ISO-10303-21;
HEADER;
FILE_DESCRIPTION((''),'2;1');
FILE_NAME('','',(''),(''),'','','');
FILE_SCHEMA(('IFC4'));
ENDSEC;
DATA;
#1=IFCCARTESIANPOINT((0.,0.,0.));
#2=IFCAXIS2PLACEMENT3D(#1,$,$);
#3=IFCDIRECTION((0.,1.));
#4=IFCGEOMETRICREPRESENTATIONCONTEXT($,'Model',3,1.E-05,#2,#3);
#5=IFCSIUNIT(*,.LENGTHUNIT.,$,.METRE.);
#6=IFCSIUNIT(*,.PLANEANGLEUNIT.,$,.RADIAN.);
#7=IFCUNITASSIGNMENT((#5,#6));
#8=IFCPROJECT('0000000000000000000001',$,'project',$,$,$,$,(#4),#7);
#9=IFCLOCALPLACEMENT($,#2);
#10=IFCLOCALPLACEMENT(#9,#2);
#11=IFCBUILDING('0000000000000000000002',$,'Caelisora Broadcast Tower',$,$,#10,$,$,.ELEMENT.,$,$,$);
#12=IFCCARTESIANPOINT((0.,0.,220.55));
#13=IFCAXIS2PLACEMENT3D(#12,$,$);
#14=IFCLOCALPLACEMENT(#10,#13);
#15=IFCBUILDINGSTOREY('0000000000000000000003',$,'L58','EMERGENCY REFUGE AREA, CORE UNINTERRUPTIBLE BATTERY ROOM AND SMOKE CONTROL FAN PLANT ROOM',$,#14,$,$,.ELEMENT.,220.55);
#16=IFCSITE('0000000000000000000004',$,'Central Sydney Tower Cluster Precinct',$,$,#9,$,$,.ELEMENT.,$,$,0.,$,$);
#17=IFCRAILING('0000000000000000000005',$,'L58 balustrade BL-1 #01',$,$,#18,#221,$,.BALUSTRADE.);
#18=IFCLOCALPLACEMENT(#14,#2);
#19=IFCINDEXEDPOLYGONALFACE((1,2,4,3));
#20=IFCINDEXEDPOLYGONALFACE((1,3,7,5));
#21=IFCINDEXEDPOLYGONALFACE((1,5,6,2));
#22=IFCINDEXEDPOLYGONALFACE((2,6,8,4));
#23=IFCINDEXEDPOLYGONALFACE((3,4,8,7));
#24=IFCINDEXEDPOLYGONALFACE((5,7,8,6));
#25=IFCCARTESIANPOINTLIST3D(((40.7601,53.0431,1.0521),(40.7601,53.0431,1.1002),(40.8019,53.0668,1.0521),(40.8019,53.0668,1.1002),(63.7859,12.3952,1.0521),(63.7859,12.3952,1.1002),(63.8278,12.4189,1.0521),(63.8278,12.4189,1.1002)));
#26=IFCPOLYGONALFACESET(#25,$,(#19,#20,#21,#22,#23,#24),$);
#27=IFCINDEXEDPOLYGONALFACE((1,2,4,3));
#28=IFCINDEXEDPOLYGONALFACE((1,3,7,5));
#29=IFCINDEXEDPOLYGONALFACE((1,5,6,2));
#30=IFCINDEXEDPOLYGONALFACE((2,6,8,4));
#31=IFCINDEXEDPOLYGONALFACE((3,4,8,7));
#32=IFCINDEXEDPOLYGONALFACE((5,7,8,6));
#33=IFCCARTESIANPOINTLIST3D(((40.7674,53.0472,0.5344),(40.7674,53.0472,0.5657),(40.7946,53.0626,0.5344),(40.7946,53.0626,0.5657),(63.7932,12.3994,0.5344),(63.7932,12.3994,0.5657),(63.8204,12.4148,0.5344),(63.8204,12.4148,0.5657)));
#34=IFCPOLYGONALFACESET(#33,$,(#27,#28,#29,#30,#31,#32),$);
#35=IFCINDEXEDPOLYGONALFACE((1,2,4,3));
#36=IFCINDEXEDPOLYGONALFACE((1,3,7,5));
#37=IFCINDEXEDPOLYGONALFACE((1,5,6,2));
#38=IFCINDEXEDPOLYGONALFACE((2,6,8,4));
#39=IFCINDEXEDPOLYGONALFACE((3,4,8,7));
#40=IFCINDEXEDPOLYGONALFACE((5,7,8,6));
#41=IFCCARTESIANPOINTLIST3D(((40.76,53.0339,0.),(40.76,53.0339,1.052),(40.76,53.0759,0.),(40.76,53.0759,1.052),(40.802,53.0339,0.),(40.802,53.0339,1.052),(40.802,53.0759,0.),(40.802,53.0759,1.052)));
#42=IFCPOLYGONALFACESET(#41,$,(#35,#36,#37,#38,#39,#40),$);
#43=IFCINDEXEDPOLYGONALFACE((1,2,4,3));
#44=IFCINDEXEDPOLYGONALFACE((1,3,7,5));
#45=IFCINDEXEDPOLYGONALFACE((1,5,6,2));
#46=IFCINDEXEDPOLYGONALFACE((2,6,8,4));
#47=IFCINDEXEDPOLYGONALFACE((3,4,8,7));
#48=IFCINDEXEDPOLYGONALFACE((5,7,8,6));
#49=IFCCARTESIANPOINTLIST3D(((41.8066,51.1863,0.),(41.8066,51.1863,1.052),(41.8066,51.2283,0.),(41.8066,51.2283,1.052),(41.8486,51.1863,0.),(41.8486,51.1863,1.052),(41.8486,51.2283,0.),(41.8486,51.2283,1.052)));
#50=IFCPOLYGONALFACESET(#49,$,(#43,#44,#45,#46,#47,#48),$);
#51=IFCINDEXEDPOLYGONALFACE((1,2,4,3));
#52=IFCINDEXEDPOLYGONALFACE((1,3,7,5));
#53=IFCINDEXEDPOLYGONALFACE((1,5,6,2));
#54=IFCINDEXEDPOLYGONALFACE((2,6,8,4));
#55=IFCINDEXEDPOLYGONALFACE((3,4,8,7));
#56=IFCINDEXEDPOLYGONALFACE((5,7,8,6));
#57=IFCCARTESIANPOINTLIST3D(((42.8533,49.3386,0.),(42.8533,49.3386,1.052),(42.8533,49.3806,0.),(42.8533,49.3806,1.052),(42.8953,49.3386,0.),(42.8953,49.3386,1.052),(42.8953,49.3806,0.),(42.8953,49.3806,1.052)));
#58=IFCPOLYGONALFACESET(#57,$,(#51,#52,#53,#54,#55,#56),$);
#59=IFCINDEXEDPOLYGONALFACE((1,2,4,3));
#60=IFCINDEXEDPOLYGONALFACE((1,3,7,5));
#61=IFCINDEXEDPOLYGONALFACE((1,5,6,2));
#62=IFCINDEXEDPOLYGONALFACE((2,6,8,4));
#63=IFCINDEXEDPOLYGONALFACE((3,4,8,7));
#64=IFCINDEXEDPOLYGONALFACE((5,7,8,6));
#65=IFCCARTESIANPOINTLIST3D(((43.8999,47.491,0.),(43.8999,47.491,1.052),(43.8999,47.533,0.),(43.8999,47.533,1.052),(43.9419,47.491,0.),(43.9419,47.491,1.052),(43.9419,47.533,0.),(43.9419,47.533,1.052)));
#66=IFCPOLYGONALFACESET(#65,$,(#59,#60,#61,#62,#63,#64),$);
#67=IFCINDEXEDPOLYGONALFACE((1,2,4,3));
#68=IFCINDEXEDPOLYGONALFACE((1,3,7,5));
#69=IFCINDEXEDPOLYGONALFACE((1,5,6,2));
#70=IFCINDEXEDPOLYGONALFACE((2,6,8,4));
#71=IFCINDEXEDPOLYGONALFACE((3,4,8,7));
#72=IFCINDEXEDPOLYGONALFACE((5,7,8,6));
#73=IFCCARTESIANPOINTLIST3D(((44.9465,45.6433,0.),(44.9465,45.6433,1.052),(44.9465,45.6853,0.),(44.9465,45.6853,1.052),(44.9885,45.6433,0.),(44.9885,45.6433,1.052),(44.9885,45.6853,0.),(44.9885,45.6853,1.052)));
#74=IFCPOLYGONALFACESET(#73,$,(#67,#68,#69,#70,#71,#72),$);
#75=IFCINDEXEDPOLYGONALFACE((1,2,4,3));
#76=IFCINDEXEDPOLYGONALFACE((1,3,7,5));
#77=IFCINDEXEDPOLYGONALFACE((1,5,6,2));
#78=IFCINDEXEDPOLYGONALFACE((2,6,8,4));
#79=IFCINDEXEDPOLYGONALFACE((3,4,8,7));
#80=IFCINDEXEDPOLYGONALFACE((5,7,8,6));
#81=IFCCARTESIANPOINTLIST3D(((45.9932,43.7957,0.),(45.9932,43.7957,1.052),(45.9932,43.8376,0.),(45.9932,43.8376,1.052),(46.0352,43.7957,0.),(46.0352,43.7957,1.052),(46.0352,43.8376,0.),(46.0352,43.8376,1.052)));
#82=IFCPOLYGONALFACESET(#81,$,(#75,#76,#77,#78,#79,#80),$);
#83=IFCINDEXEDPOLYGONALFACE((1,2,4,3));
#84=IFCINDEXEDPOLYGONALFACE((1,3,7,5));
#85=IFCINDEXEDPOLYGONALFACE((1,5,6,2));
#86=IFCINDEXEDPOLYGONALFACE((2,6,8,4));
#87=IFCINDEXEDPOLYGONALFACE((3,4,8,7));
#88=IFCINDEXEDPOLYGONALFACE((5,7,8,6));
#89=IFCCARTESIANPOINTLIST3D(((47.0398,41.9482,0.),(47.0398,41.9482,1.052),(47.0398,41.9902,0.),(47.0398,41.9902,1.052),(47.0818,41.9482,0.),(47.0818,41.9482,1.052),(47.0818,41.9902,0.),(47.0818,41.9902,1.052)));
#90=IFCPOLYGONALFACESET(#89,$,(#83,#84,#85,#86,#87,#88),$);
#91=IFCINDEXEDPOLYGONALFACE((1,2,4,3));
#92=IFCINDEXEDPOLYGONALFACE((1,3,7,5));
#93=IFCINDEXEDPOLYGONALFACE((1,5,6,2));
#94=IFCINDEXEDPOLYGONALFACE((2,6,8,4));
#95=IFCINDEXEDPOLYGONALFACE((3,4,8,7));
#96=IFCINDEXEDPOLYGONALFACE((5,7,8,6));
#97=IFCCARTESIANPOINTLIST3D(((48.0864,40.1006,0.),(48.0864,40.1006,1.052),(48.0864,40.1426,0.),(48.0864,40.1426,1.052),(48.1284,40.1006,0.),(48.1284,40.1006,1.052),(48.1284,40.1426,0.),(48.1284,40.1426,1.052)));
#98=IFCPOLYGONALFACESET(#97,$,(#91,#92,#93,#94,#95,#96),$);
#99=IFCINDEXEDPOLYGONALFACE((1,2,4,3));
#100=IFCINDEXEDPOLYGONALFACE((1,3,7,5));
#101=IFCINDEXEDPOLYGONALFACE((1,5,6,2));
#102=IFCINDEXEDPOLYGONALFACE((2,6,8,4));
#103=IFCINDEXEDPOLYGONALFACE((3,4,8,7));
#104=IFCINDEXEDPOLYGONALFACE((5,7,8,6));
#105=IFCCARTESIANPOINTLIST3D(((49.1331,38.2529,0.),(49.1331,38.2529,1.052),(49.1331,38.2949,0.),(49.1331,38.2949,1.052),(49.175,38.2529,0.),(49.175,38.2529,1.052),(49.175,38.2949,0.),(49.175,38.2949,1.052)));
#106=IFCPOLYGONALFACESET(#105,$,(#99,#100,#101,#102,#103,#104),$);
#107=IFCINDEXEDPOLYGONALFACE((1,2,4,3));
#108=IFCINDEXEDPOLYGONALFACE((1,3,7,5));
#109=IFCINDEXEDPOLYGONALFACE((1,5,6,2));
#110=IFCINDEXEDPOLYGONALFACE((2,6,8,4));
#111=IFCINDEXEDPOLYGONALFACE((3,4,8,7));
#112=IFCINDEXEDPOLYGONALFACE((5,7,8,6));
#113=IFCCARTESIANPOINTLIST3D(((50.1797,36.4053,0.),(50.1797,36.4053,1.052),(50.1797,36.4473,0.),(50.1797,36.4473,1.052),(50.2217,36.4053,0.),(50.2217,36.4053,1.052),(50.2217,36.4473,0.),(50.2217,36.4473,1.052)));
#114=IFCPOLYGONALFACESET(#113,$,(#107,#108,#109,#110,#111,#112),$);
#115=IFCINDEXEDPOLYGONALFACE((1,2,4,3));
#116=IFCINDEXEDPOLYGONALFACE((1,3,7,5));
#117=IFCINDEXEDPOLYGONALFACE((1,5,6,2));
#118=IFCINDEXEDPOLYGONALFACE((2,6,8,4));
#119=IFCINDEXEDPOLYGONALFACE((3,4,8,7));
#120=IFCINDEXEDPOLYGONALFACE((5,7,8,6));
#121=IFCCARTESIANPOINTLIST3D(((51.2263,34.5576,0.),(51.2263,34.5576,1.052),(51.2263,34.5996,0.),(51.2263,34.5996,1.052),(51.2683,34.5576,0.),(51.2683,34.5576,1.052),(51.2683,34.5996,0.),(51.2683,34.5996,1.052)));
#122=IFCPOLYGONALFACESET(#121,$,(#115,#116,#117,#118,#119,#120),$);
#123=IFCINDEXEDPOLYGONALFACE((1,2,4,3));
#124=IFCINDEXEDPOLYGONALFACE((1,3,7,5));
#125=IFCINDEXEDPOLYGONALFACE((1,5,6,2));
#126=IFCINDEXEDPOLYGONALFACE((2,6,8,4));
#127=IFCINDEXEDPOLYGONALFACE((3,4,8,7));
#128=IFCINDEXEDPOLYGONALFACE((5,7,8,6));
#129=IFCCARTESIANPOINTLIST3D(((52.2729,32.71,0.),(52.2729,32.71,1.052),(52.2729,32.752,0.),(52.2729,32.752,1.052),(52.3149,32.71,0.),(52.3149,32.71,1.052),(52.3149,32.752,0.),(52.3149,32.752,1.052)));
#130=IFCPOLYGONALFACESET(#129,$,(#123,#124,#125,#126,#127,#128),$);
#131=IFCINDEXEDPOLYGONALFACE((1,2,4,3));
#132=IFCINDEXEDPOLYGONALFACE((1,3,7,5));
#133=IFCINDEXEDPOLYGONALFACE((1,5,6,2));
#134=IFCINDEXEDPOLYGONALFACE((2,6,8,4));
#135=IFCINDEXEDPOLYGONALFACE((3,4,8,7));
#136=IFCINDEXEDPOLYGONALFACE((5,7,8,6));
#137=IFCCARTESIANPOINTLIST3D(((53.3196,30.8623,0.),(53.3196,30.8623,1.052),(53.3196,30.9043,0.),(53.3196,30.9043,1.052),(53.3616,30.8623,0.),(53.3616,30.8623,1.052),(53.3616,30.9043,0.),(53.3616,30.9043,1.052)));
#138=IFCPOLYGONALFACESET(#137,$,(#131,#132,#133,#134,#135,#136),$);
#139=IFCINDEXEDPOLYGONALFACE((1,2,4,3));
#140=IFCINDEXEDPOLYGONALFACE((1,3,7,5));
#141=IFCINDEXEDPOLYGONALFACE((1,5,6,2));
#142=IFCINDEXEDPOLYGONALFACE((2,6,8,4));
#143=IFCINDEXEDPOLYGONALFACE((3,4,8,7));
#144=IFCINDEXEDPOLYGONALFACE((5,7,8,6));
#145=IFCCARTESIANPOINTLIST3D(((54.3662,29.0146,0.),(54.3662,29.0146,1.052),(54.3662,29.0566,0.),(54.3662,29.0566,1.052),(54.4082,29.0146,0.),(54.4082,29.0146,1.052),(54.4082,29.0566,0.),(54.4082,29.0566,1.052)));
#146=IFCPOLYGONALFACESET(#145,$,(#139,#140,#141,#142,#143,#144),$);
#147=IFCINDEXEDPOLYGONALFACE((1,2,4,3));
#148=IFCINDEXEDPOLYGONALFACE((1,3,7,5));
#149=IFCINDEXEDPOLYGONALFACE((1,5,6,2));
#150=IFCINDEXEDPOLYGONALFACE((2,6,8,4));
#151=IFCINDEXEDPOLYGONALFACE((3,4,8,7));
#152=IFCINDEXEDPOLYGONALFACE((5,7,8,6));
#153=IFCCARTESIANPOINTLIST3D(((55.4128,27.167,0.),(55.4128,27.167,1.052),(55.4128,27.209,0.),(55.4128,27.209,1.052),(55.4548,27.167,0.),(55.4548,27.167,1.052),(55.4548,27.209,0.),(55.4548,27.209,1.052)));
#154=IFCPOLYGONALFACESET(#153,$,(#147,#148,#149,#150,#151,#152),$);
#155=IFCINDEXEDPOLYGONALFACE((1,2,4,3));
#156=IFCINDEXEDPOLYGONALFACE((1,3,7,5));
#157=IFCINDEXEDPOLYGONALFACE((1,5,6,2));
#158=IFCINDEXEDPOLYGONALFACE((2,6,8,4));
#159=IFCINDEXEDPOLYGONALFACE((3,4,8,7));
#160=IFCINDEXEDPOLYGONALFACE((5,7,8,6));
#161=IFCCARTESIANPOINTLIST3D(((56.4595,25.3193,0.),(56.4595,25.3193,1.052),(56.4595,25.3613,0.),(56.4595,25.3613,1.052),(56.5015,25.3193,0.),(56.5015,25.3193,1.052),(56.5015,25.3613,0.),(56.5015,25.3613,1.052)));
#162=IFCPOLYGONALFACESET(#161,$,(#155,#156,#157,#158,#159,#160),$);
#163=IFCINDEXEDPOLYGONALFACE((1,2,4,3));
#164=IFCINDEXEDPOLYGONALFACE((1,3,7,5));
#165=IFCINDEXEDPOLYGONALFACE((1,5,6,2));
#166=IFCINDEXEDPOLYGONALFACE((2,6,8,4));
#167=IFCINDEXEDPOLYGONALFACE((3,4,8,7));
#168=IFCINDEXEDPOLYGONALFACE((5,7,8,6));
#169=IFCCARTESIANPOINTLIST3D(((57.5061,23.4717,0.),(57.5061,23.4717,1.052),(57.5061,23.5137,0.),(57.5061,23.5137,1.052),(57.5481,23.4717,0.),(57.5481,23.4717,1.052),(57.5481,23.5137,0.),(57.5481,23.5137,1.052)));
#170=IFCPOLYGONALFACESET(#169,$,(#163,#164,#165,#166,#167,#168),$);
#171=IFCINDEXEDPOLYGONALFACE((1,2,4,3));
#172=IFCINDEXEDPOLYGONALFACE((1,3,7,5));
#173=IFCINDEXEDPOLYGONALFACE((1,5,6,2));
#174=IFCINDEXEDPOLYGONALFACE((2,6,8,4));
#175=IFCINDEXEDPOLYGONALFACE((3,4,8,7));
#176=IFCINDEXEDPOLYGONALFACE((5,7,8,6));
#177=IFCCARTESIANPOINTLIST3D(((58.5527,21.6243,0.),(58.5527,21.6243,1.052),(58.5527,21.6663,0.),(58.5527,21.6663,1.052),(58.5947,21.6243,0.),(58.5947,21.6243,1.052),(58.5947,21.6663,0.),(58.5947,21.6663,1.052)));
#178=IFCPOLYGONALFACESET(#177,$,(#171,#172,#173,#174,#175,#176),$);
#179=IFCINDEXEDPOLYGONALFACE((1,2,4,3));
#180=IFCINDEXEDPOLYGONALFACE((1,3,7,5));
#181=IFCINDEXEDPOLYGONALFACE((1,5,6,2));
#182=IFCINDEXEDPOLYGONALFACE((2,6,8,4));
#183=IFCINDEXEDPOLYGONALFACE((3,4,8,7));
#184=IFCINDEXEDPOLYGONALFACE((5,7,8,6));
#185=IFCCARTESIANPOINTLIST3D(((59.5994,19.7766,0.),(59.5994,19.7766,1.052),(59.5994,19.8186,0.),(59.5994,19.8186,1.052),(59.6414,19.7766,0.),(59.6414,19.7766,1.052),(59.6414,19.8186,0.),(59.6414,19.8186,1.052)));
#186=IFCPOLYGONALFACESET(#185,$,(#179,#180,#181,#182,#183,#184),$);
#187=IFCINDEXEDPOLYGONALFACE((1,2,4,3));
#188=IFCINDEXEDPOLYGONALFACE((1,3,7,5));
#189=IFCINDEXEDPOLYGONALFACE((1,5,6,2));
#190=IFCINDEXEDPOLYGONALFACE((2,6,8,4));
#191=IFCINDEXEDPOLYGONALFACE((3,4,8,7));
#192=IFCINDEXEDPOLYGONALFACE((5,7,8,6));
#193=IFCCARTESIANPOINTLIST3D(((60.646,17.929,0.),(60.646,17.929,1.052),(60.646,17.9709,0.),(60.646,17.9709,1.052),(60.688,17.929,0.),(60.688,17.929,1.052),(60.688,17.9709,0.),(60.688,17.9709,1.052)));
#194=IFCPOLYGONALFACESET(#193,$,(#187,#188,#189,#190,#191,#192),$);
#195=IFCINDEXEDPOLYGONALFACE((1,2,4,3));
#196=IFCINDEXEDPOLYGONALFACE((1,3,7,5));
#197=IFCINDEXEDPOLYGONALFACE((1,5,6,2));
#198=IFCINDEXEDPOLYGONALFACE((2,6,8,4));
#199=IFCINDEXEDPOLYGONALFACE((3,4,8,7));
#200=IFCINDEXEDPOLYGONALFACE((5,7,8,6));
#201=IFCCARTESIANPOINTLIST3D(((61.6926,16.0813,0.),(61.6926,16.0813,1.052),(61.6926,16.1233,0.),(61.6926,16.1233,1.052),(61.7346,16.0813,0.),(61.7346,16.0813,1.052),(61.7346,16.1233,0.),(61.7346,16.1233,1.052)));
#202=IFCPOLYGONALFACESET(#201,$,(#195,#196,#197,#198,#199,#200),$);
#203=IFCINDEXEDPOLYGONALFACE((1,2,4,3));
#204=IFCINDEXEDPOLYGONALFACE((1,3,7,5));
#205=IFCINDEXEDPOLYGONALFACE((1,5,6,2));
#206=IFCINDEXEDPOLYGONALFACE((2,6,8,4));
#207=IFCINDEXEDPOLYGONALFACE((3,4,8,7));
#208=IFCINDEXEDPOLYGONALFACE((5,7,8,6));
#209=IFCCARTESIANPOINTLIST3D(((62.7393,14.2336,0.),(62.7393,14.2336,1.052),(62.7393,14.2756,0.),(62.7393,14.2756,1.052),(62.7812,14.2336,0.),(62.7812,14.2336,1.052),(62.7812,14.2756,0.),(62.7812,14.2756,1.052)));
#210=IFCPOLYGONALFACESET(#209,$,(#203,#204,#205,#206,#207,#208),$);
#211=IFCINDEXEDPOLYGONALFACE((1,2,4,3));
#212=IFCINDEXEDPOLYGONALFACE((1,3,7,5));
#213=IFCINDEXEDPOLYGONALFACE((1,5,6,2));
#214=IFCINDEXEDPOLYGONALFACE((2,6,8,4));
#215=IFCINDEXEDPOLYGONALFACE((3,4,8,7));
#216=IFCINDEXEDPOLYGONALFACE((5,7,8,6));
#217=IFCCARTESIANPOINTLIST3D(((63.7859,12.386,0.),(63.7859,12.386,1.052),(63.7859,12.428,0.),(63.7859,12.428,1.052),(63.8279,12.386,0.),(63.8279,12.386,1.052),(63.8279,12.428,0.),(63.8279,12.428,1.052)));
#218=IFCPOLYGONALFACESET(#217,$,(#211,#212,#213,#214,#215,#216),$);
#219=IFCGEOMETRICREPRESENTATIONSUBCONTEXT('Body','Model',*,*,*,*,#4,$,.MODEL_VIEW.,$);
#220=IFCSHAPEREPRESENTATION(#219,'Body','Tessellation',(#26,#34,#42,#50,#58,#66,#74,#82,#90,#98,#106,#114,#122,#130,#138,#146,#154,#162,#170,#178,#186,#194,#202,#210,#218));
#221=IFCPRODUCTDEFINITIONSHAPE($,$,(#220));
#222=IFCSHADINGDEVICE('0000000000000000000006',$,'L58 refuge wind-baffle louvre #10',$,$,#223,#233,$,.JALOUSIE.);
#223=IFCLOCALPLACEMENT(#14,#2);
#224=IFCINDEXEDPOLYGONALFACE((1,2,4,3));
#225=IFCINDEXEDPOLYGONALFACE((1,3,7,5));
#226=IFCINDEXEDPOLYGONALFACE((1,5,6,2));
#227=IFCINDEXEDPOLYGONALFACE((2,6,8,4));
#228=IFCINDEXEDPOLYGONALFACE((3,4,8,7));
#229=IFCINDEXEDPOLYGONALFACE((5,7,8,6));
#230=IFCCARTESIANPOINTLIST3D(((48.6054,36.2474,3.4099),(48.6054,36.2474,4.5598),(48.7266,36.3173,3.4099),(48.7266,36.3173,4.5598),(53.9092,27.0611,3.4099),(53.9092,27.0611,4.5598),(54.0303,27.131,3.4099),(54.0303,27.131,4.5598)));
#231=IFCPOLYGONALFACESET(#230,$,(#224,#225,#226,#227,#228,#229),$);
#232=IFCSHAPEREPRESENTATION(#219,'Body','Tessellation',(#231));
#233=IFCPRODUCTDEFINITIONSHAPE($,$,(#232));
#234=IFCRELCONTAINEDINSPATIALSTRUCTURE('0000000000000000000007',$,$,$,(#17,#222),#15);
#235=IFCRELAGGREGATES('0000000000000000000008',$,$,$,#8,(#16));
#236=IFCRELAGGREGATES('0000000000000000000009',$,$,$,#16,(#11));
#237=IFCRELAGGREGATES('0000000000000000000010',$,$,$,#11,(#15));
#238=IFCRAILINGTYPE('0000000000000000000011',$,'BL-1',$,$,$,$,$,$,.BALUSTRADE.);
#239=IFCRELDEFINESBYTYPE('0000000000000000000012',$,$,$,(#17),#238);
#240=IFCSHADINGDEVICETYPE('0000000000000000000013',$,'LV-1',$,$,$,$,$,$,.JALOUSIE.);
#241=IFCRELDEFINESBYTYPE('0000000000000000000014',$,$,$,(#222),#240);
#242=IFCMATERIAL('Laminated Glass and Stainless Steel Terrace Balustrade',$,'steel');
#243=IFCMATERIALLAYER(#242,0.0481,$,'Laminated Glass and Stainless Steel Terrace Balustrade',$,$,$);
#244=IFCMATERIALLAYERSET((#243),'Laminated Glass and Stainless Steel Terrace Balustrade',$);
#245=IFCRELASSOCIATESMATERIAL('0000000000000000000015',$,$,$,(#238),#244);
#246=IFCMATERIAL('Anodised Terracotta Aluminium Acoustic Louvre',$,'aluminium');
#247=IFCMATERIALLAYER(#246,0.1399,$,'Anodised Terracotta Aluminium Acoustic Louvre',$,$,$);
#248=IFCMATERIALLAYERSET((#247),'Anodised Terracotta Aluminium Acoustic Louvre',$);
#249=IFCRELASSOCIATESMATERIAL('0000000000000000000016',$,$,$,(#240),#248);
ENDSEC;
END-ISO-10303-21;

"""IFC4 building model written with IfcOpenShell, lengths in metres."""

from ifc_helpers import new_model, si_unit, direction, frame, origin, origin_2d, place, context, subcontext, project, spatial, rectangle, extrude, source, transform, mapped, material, layer, layer_set, type_object, type_shapes, element, save


model = new_model("IFC4")

# Units and contexts
model_context = context("Model", 3, precision=1e-05, world=origin(), true_north=direction((0.0, 1.0)))
body_context = subcontext(model_context, "Body", "Model", "MODEL_VIEW")
ifc_project = project(units=[si_unit("LENGTHUNIT", "METRE"), si_unit("PLANEANGLEUNIT", "RADIAN")], contexts=[model_context])

# Site, building, storey
site_placement = place(None, origin())
site = spatial("IfcSite", under=ifc_project, at=site_placement, Name="Central Sydney Tower Cluster Precinct", CompositionType="ELEMENT", RefElevation=0.0)
building_placement = place(site_placement, origin())
building = spatial("IfcBuilding", under=site, at=building_placement, Name="Caelisora Broadcast Tower", CompositionType="ELEMENT")
storey_placement = place(building_placement, frame((0.0, 0.0, 220.55)))
storey = spatial("IfcBuildingStorey", under=building, at=storey_placement, Name="L58", Description="EMERGENCY REFUGE AREA, CORE UNINTERRUPTIBLE BATTERY ROOM AND SMOKE CONTROL FAN PLANT ROOM", CompositionType="ELEMENT", Elevation=220.55)

# Railing
ifc_material_1 = material(Name="Laminated Glass and Stainless Steel Terrace Balustrade", Category="steel")
ifc_layer_1 = layer(ifc_material_1, 0.0481, Name="Laminated Glass and Stainless Steel Terrace Balustrade")
ifc_layer_set_1 = layer_set([ifc_layer_1], Name="Laminated Glass and Stainless Steel Terrace Balustrade")
railing_type = type_object("IfcRailingType", Name="BL-1", PredefinedType="BALUSTRADE", material=ifc_layer_set_1)
railing_placement = place(storey_placement, frame((40.781, 53.0549, 0.0)))
element("IfcRailing", 1, at=railing_placement, inside=storey, type_object=railing_type, Name="L58 balustrade BL-1 #01", PredefinedType="BALUSTRADE", context=body_context, shape_type="SweptSolid", body=[
    extrude(rectangle(XDim=0.0481, YDim=0.0481, at=origin_2d()), frame((0.0, 0.0, 1.0762), z_axis=(0.492884, -0.870095, 0.0), x_axis=(0.870095, 0.492884, 0.0)), (0.0, 0.0, 1.0), 46.7166),
    extrude(rectangle(XDim=0.0312, YDim=0.0312, at=origin_2d()), frame((0.0, 0.0, 0.55), z_axis=(0.492884, -0.870095, 0.0), x_axis=(0.870095, 0.492884, 0.0)), (0.0, 0.0, 1.0), 46.7166),
    extrude(rectangle(XDim=0.042, YDim=0.042, at=origin_2d()), origin(), (0.0, 0.0, 1.0), 1.052),
    extrude(rectangle(XDim=0.042, YDim=0.042, at=origin_2d()), frame((1.0466, -1.8477, 0.0)), (0.0, 0.0, 1.0), 1.052),
    extrude(rectangle(XDim=0.042, YDim=0.042, at=origin_2d()), frame((2.0933, -3.6953, 0.0)), (0.0, 0.0, 1.0), 1.052),
    extrude(rectangle(XDim=0.042, YDim=0.042, at=origin_2d()), frame((3.1399, -5.543, 0.0)), (0.0, 0.0, 1.0), 1.052),
    extrude(rectangle(XDim=0.042, YDim=0.042, at=origin_2d()), frame((4.1865, -7.3906, 0.0)), (0.0, 0.0, 1.0), 1.052),
    extrude(rectangle(XDim=0.042, YDim=0.042, at=origin_2d()), frame((5.2332, -9.2383, 0.0)), (0.0, 0.0, 1.0), 1.052),
    extrude(rectangle(XDim=0.042, YDim=0.042, at=origin_2d()), frame((6.2798, -11.0857, 0.0)), (0.0, 0.0, 1.0), 1.052),
    extrude(rectangle(XDim=0.042, YDim=0.042, at=origin_2d()), frame((7.3264, -12.9333, 0.0)), (0.0, 0.0, 1.0), 1.052),
    extrude(rectangle(XDim=0.042, YDim=0.042, at=origin_2d()), frame((8.373, -14.781, 0.0)), (0.0, 0.0, 1.0), 1.052),
    extrude(rectangle(XDim=0.042, YDim=0.042, at=origin_2d()), frame((9.4197, -16.6287, 0.0)), (0.0, 0.0, 1.0), 1.052),
    extrude(rectangle(XDim=0.042, YDim=0.042, at=origin_2d()), frame((10.4663, -18.4763, 0.0)), (0.0, 0.0, 1.0), 1.052),
    extrude(rectangle(XDim=0.042, YDim=0.042, at=origin_2d()), frame((11.5129, -20.324, 0.0)), (0.0, 0.0, 1.0), 1.052),
    extrude(rectangle(XDim=0.042, YDim=0.042, at=origin_2d()), frame((12.5596, -22.1716, 0.0)), (0.0, 0.0, 1.0), 1.052),
    extrude(rectangle(XDim=0.042, YDim=0.042, at=origin_2d()), frame((13.6062, -24.0193, 0.0)), (0.0, 0.0, 1.0), 1.052),
    extrude(rectangle(XDim=0.042, YDim=0.042, at=origin_2d()), frame((14.6528, -25.8669, 0.0)), (0.0, 0.0, 1.0), 1.052),
    extrude(rectangle(XDim=0.042, YDim=0.042, at=origin_2d()), frame((15.6995, -27.7146, 0.0)), (0.0, 0.0, 1.0), 1.052),
    extrude(rectangle(XDim=0.042, YDim=0.042, at=origin_2d()), frame((16.7461, -29.5623, 0.0)), (0.0, 0.0, 1.0), 1.052),
    extrude(rectangle(XDim=0.042, YDim=0.042, at=origin_2d()), frame((17.7927, -31.4097, 0.0)), (0.0, 0.0, 1.0), 1.052),
    extrude(rectangle(XDim=0.042, YDim=0.042, at=origin_2d()), frame((18.8394, -33.2573, 0.0)), (0.0, 0.0, 1.0), 1.052),
    extrude(rectangle(XDim=0.042, YDim=0.042, at=origin_2d()), frame((19.886, -35.105, 0.0)), (0.0, 0.0, 1.0), 1.052),
    extrude(rectangle(XDim=0.042, YDim=0.042, at=origin_2d()), frame((20.9326, -36.9526, 0.0)), (0.0, 0.0, 1.0), 1.052),
    extrude(rectangle(XDim=0.042, YDim=0.042, at=origin_2d()), frame((21.9792, -38.8003, 0.0)), (0.0, 0.0, 1.0), 1.052),
    extrude(rectangle(XDim=0.042, YDim=0.042, at=origin_2d()), frame((23.0259, -40.6479, 0.0)), (0.0, 0.0, 1.0), 1.052),
])

# Shading device
ifc_material_2 = material(Name="Anodised Terracotta Aluminium Acoustic Louvre", Category="aluminium")
ifc_layer_2 = layer(ifc_material_2, 0.1399, Name="Anodised Terracotta Aluminium Acoustic Louvre")
ifc_layer_set_2 = layer_set([ifc_layer_2], Name="Anodised Terracotta Aluminium Acoustic Louvre")
shading_device_type = type_object("IfcShadingDeviceType", Name="LV-1", PredefinedType="JALOUSIE", material=ifc_layer_set_2)
shared_shape_1 = source(origin(), body_context, "Body", "SweptSolid", [
    extrude(rectangle(XDim=10.6074, YDim=0.1399, at=origin_2d()), origin(), (0.0, 0.0, 1.0), 1.1499),
])
type_shapes(shading_device_type, [shared_shape_1])
shading_device_placement = place(storey_placement, frame((51.3179, 31.6892, 3.4099), z_axis=(0.0, 0.0, 1.0), x_axis=(-0.5, 0.866025, 0.0)))
element("IfcShadingDevice", 2, at=shading_device_placement, inside=storey, type_object=shading_device_type, Name="L58 refuge wind-baffle louvre #10", PredefinedType="JALOUSIE", context=body_context, shape_type="MappedRepresentation", body=[
    mapped(shared_shape_1, transform((0.0, 0.0, 0.0), scale=1.0)),
])

save(model, "model.ifc")
